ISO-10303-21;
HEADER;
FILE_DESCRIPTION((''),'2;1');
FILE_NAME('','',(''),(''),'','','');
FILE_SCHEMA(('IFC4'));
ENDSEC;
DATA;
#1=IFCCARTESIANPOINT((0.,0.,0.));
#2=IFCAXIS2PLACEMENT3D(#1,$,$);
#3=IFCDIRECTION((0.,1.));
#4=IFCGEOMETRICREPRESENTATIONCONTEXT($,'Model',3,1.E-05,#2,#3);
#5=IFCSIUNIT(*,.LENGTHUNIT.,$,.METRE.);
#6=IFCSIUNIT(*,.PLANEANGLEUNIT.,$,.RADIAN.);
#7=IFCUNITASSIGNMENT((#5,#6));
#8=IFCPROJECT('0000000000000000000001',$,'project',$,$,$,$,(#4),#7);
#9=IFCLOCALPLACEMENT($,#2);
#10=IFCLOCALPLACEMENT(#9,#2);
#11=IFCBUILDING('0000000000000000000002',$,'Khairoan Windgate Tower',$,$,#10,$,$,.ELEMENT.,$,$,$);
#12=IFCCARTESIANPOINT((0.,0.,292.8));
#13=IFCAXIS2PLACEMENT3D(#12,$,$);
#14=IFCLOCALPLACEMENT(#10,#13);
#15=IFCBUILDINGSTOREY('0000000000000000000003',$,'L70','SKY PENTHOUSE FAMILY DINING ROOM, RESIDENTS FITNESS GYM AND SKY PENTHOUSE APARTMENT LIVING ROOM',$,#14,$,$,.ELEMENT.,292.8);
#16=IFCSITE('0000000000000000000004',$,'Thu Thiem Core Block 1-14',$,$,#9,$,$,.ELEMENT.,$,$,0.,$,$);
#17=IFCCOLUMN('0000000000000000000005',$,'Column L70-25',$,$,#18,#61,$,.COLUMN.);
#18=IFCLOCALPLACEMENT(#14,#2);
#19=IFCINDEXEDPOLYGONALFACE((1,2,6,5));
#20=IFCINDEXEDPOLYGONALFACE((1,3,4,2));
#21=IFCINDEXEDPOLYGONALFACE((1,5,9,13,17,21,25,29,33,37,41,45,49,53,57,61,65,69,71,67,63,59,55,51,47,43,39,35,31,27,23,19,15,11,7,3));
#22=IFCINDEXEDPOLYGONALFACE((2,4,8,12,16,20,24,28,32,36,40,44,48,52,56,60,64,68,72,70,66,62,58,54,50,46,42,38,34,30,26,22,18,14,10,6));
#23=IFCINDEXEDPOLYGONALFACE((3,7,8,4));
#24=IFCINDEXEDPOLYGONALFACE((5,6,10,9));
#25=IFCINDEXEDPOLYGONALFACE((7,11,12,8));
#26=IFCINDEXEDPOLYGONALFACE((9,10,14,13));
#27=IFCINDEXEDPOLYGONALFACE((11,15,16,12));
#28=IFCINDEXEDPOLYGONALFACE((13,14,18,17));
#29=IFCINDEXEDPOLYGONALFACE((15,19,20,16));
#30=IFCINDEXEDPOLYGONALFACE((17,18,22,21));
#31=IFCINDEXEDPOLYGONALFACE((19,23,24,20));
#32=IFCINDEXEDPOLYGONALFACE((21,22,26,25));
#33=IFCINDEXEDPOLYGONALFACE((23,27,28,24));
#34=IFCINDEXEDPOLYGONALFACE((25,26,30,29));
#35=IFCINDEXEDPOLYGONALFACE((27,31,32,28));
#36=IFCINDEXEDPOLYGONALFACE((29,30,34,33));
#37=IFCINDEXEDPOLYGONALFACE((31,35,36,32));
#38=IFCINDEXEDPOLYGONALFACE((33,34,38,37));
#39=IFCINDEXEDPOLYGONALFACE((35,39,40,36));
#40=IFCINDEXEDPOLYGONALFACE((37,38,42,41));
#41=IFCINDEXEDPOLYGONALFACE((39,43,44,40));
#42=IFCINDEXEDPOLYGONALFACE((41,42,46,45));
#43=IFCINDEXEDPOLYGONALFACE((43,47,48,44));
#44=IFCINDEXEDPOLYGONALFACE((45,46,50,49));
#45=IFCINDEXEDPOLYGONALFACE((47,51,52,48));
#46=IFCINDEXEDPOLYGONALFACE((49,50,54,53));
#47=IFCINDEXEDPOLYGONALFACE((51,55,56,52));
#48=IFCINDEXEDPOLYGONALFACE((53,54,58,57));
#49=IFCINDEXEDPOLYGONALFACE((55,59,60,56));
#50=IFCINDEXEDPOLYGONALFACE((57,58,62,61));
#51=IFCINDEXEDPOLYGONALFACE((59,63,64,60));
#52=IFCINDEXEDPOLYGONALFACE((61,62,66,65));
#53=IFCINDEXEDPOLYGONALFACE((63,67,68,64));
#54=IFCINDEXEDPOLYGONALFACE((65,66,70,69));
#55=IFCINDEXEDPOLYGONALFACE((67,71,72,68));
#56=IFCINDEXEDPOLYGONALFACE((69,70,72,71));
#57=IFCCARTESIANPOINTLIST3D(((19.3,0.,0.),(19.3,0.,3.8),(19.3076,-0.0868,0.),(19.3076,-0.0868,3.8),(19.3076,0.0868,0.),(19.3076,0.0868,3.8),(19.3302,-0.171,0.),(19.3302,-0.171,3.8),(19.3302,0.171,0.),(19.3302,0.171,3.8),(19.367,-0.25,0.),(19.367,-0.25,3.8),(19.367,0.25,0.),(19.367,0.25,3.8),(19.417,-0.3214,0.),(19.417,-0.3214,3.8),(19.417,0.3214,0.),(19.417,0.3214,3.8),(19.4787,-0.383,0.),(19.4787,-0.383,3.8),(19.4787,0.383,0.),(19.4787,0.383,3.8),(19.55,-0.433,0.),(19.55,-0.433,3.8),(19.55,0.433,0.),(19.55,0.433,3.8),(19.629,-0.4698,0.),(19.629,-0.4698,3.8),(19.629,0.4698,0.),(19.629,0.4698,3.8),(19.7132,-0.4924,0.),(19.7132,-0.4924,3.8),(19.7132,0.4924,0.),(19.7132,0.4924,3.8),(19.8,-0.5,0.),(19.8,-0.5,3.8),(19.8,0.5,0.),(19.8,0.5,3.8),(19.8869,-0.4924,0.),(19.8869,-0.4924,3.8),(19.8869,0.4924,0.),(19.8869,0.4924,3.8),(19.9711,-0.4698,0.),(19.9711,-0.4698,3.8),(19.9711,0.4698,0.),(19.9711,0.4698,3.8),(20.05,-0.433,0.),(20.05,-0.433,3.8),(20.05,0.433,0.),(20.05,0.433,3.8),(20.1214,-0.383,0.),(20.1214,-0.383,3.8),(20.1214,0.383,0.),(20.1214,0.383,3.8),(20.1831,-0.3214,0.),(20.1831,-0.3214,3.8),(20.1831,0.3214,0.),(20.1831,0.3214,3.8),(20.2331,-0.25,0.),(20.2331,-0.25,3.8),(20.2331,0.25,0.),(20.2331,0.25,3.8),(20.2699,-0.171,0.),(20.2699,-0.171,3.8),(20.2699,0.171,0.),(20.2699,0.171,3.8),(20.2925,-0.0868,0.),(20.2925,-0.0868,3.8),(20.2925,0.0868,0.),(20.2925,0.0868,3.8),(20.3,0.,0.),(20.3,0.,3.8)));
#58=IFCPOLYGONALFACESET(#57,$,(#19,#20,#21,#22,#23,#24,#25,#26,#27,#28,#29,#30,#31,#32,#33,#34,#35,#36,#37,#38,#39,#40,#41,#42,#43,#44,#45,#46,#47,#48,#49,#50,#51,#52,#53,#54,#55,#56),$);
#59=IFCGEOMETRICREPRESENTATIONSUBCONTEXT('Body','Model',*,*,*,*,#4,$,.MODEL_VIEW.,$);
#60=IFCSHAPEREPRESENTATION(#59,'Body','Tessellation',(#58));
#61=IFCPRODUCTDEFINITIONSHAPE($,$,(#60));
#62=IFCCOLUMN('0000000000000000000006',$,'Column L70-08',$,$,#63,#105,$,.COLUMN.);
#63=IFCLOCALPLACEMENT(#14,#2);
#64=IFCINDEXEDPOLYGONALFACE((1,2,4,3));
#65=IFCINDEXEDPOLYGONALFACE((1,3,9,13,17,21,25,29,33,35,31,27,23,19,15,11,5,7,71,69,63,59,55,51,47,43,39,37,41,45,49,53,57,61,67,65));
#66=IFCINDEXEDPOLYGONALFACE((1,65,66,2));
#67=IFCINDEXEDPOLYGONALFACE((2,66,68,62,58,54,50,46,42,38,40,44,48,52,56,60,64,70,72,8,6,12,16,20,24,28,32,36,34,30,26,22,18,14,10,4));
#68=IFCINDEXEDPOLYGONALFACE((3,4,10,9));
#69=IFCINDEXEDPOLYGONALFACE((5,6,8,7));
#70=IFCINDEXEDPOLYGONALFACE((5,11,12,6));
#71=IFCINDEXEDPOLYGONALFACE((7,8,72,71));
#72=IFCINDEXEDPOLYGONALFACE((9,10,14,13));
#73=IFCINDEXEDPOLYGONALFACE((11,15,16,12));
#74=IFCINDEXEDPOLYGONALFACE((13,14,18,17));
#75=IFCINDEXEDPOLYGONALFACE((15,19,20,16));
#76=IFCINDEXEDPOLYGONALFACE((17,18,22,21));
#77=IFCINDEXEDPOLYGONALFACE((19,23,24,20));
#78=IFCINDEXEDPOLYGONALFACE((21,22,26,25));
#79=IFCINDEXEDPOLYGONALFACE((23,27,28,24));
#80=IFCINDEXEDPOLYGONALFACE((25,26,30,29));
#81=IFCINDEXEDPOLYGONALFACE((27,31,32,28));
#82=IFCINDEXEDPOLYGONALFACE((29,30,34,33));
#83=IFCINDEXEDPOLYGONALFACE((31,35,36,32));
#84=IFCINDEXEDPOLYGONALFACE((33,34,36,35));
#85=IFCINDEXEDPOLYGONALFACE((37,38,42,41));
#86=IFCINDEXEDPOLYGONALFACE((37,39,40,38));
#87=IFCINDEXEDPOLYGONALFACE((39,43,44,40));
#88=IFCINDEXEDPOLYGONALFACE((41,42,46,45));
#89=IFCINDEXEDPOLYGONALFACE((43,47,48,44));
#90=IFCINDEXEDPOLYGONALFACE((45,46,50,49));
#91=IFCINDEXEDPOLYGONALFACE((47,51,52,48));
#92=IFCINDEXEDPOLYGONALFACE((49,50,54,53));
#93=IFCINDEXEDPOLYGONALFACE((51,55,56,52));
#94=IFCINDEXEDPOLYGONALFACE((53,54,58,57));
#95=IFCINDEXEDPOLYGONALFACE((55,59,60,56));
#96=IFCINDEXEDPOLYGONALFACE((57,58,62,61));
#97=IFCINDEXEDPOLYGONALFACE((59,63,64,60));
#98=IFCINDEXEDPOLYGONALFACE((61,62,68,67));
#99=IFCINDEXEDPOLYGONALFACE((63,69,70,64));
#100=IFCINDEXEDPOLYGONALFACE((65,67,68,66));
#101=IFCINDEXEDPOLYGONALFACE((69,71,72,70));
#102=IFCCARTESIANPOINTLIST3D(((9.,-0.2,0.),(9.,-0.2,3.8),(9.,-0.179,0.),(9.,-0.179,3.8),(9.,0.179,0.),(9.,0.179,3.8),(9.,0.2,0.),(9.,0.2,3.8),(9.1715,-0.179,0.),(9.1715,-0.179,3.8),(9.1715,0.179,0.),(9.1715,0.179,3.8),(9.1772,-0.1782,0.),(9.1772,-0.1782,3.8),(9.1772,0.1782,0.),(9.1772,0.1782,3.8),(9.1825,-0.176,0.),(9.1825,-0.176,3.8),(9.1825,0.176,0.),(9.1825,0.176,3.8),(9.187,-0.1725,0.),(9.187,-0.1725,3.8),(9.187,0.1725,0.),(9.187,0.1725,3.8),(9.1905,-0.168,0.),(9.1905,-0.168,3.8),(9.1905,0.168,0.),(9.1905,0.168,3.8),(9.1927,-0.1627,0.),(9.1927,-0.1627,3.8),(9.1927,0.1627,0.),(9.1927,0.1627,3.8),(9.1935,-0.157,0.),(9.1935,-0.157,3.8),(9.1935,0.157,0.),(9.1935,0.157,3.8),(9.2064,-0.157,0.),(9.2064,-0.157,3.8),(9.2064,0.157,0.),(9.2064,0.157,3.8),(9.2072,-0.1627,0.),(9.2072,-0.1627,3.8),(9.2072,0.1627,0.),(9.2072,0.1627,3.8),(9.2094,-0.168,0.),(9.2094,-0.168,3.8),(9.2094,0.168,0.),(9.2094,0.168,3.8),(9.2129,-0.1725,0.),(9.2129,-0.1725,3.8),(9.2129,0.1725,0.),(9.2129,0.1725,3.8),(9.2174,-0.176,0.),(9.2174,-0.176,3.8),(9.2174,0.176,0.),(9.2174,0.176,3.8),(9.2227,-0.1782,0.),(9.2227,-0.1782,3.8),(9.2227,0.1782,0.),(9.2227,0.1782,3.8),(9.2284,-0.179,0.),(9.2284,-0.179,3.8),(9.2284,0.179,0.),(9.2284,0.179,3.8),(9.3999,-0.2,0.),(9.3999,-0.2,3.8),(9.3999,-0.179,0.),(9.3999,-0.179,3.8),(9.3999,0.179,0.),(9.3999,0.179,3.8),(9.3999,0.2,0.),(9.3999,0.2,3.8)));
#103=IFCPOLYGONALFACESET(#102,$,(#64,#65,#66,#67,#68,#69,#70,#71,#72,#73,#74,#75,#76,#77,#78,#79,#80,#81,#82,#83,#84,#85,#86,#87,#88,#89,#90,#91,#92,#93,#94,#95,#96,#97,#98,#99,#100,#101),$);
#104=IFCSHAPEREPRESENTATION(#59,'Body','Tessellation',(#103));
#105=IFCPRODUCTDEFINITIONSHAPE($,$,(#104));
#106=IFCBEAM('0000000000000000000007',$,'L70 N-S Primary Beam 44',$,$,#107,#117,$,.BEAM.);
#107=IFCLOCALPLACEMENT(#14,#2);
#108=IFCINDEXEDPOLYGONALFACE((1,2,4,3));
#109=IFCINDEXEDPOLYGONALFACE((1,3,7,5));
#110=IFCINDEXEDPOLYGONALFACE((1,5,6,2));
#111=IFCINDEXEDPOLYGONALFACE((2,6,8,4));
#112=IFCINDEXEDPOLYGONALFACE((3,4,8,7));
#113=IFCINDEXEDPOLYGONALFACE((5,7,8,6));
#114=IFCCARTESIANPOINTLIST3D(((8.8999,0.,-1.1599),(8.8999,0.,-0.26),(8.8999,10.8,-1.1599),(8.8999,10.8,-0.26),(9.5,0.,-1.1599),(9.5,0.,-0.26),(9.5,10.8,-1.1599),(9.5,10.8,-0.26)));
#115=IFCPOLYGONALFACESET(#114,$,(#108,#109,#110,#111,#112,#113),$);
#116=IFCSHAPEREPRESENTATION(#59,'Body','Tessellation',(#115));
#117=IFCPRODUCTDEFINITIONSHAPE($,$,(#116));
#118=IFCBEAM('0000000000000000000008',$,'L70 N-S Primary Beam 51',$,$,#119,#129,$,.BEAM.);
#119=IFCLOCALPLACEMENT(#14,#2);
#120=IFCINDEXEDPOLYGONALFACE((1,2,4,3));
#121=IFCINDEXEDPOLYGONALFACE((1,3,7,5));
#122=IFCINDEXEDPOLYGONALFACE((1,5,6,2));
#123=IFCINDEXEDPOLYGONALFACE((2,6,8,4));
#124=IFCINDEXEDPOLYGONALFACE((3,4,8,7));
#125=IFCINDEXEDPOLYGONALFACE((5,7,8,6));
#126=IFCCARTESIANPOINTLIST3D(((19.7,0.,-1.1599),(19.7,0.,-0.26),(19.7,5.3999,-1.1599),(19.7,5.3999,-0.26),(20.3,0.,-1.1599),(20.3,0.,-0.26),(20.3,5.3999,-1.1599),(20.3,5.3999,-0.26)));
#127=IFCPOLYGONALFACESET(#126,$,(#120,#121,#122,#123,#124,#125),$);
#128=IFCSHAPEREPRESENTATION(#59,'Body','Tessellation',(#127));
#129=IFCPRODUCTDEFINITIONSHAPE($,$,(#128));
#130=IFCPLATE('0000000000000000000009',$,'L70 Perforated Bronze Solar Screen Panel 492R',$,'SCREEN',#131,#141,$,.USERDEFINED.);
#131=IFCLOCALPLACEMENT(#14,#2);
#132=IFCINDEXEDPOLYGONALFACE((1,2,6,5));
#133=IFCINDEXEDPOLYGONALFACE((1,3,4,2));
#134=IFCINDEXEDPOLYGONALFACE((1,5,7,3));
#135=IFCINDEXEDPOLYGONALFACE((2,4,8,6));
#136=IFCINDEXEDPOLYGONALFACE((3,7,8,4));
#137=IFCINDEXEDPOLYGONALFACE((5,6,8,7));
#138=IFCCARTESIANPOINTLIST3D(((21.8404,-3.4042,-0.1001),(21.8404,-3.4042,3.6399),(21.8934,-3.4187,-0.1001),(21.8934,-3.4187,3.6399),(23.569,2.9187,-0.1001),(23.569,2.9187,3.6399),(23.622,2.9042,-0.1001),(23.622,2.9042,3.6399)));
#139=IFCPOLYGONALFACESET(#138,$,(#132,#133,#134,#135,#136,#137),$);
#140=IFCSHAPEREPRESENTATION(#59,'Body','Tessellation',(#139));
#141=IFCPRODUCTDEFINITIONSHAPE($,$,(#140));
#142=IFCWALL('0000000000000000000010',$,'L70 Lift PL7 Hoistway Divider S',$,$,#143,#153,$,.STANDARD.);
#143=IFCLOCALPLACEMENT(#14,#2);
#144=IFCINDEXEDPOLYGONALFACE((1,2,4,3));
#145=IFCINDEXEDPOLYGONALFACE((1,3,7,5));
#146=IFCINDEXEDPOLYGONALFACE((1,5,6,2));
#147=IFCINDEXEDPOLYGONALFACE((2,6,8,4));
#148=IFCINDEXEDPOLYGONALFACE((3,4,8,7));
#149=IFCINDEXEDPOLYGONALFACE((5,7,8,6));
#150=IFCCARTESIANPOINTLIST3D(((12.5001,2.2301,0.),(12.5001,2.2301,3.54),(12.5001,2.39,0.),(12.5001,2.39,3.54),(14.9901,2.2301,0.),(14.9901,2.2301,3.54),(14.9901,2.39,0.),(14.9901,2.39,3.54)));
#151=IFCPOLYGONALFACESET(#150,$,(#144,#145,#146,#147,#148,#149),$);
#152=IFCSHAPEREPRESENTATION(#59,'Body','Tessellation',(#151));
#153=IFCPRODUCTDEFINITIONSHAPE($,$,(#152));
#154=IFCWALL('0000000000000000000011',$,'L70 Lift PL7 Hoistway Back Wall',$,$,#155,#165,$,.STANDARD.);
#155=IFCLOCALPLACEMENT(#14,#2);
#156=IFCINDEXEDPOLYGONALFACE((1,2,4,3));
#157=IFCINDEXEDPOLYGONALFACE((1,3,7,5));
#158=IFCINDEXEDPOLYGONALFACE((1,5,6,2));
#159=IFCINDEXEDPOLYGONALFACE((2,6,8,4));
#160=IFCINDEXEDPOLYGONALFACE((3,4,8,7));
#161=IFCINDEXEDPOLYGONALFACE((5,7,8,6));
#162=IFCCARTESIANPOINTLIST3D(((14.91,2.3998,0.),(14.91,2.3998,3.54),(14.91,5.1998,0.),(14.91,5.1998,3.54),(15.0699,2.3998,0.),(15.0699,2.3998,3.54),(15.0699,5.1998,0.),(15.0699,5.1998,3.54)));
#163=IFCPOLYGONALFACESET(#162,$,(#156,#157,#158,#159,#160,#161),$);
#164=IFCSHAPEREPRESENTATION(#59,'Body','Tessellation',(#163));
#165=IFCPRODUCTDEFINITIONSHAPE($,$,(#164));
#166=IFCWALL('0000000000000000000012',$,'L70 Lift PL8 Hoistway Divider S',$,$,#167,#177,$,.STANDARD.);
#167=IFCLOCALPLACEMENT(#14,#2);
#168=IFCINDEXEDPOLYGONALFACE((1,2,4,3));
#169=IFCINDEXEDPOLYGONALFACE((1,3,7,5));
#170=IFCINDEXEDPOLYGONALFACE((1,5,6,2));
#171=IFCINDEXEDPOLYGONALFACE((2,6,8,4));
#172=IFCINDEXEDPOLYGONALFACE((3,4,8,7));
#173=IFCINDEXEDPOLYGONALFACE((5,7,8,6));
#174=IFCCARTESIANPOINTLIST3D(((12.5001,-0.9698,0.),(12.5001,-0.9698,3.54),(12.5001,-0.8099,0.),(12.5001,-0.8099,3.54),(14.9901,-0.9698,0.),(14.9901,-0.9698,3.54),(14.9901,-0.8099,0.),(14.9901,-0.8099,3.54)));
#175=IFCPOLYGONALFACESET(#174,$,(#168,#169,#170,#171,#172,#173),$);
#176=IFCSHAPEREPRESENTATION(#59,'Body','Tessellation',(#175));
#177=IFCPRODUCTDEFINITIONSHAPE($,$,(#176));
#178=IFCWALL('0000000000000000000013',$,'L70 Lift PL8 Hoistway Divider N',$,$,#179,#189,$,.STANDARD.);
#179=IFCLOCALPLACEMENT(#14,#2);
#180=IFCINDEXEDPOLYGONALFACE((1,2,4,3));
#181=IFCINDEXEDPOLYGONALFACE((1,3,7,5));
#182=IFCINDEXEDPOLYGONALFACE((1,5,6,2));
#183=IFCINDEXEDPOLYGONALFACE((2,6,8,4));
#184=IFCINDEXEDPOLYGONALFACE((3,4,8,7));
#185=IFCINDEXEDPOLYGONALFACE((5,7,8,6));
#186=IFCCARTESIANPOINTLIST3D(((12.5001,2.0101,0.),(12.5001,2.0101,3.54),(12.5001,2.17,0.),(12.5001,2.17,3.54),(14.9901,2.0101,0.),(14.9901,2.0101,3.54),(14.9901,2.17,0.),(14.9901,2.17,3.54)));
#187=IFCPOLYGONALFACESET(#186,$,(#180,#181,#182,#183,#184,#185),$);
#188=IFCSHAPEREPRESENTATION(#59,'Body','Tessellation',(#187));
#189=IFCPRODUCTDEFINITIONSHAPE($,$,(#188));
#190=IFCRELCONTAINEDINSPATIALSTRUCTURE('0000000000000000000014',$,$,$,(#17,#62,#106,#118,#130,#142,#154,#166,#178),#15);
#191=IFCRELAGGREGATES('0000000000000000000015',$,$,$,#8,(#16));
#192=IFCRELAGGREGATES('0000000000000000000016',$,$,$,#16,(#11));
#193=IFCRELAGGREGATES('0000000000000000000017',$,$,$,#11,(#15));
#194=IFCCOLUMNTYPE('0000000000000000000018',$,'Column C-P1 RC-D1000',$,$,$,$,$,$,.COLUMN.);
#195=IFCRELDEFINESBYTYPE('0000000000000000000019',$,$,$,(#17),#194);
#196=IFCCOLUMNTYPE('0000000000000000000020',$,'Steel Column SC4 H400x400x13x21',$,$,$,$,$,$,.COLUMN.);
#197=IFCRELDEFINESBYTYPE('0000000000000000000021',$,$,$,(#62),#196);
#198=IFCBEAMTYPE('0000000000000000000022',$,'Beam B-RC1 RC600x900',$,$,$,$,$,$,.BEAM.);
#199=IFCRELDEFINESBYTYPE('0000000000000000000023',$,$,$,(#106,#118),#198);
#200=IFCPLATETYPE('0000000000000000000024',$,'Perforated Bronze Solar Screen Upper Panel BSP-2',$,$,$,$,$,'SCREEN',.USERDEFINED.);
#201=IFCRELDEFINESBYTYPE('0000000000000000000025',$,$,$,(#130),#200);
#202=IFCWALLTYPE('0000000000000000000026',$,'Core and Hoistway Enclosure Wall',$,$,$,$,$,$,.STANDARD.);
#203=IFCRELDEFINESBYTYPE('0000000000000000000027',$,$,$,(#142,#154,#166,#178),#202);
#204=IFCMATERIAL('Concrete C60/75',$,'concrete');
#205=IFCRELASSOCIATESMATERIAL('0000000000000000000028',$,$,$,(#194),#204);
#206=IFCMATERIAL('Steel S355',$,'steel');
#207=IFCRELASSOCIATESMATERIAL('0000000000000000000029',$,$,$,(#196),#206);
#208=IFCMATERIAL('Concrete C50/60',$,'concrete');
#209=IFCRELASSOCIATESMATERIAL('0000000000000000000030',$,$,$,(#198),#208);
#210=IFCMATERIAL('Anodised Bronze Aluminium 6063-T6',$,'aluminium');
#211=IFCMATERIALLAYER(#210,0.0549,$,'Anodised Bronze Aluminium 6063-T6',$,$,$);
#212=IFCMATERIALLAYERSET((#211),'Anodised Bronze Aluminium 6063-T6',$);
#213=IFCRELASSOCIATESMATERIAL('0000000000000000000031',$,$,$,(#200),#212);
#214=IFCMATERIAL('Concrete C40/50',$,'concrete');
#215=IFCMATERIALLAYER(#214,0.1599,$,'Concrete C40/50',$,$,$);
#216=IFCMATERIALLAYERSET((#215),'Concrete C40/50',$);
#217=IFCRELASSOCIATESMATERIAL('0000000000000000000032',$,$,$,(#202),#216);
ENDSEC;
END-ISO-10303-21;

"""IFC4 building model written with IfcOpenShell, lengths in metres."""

from ifc_helpers import new_model, si_unit, direction, frame, frame_2d, origin, origin_2d, place, context, subcontext, project, spatial, rectangle, circle, i_section, extrude, material, layer, layer_set, material_profile, profile_set, type_object, element, save


model = new_model("IFC4")

# Units and contexts
model_context = context("Model", 3, precision=1e-05, world=origin(), true_north=direction((0.0, 1.0)))
body_context = subcontext(model_context, "Body", "Model", "MODEL_VIEW")
ifc_project = project(units=[si_unit("LENGTHUNIT", "METRE"), si_unit("PLANEANGLEUNIT", "RADIAN")], contexts=[model_context])

# Site, building, storey
site_placement = place(None, origin())
site = spatial("IfcSite", under=ifc_project, at=site_placement, Name="Thu Thiem Core Block 1-14", CompositionType="ELEMENT", RefElevation=0.0)
building_placement = place(site_placement, origin())
building = spatial("IfcBuilding", under=site, at=building_placement, Name="Khairoan Windgate Tower", CompositionType="ELEMENT")
storey_placement = place(building_placement, frame((0.0, 0.0, 292.8)))
storey = spatial("IfcBuildingStorey", under=building, at=storey_placement, Name="L70", Description="SKY PENTHOUSE FAMILY DINING ROOM, RESIDENTS FITNESS GYM AND SKY PENTHOUSE APARTMENT LIVING ROOM", CompositionType="ELEMENT", Elevation=292.8)

# Columns
ifc_material_1 = material(Name="Concrete C60/75", Category="concrete")
ifc_material_profile_1 = material_profile(ifc_material_1, circle(Radius=0.5, at=origin_2d()))
ifc_profile_set_1 = profile_set([ifc_material_profile_1], Name="Concrete C60/75")
column_type_1 = type_object("IfcColumnType", Name="Column C-P1 RC-D1000", PredefinedType="COLUMN", material=ifc_profile_set_1)
column_1_placement = place(storey_placement, frame((19.8, 0.0, 0.0), z_axis=(0.0, 0.0, 1.0), x_axis=(1.0, 0.0, 0.0)))
element("IfcColumn", 1, at=column_1_placement, inside=storey, type_object=column_type_1, Name="Column L70-25", PredefinedType="COLUMN", context=body_context, shape_type="SweptSolid", body=[
    extrude(circle(Radius=0.5, at=origin_2d()), origin(), (0.0, 0.0, 1.0), 3.8),
])
ifc_material_2 = material(Name="Steel S355", Category="steel")
ifc_material_profile_2 = material_profile(ifc_material_2, i_section(OverallWidth=0.3999, OverallDepth=0.3999, WebThickness=0.0129, FlangeThickness=0.021, FilletRadius=0.022, at=origin_2d()))
ifc_profile_set_2 = profile_set([ifc_material_profile_2], Name="Steel S355")
column_type_2 = type_object("IfcColumnType", Name="Steel Column SC4 H400x400x13x21", PredefinedType="COLUMN", material=ifc_profile_set_2)
column_2_placement = place(storey_placement, frame((9.2, 0.0, 0.0), z_axis=(0.0, 0.0, 1.0), x_axis=(1.0, 0.0, 0.0)))
element("IfcColumn", 2, at=column_2_placement, inside=storey, type_object=column_type_2, Name="Column L70-08", PredefinedType="COLUMN", context=body_context, shape_type="SweptSolid", body=[
    extrude(i_section(OverallWidth=0.3999, OverallDepth=0.3999, WebThickness=0.0129, FlangeThickness=0.021, FilletRadius=0.022, at=origin_2d()), origin(), (0.0, 0.0, 1.0), 3.8),
])

# Beams
ifc_material_3 = material(Name="Concrete C50/60", Category="concrete")
ifc_material_profile_3 = material_profile(ifc_material_3, rectangle(XDim=0.6001, YDim=0.8999, at=origin_2d()))
ifc_profile_set_3 = profile_set([ifc_material_profile_3], Name="Concrete C50/60")
beam_type = type_object("IfcBeamType", Name="Beam B-RC1 RC600x900", PredefinedType="BEAM", material=ifc_profile_set_3)
beam_1_placement = place(storey_placement, frame((9.2, 0.0, -0.71), z_axis=(0.0, 1.0, 0.0), x_axis=(-1.0, 0.0, 0.0)))
element("IfcBeam", 3, at=beam_1_placement, inside=storey, type_object=beam_type, Name="L70 N-S Primary Beam 44", PredefinedType="BEAM", context=body_context, shape_type="SweptSolid", body=[
    extrude(rectangle(XDim=0.6001, YDim=0.8999, at=origin_2d()), origin(), (0.0, 0.0, 1.0), 10.8),
])
beam_2_placement = place(storey_placement, frame((20.0, 0.0, -0.71), z_axis=(0.0, 1.0, 0.0), x_axis=(-1.0, 0.0, 0.0)))
element("IfcBeam", 4, at=beam_2_placement, inside=storey, type_object=beam_type, Name="L70 N-S Primary Beam 51", PredefinedType="BEAM", context=body_context, shape_type="SweptSolid", body=[
    extrude(rectangle(XDim=0.6001, YDim=0.8999, at=origin_2d()), origin(), (0.0, 0.0, 1.0), 5.3999),
])

# Plate
ifc_material_4 = material(Name="Anodised Bronze Aluminium 6063-T6", Category="aluminium")
ifc_layer_1 = layer(ifc_material_4, 0.0549, Name="Anodised Bronze Aluminium 6063-T6")
ifc_layer_set_1 = layer_set([ifc_layer_1], Name="Anodised Bronze Aluminium 6063-T6")
plate_type = type_object("IfcPlateType", Name="Perforated Bronze Solar Screen Upper Panel BSP-2", ElementType="SCREEN", PredefinedType="USERDEFINED", material=ifc_layer_set_1)
plate_placement = place(storey_placement, frame((22.7312, -0.25, -0.1001), z_axis=(0.0, 0.0, 1.0), x_axis=(-0.263705, -0.964603, 0.0)))
element("IfcPlate", 5, at=plate_placement, inside=storey, type_object=plate_type, Name="L70 Perforated Bronze Solar Screen Panel 492R", ObjectType="SCREEN", PredefinedType="USERDEFINED", context=body_context, shape_type="SweptSolid", body=[
    extrude(rectangle(XDim=6.5549, YDim=0.0549, at=origin_2d()), origin(), (0.0, 0.0, 1.0), 3.74),
])

# Walls
ifc_material_5 = material(Name="Concrete C40/50", Category="concrete")
ifc_layer_2 = layer(ifc_material_5, 0.1599, Name="Concrete C40/50")
ifc_layer_set_2 = layer_set([ifc_layer_2], Name="Concrete C40/50")
wall_type_1 = type_object("IfcWallType", Name="Core and Hoistway Enclosure Wall", PredefinedType="STANDARD", material=ifc_layer_set_2)
wall_1_placement = place(storey_placement, frame((12.5, 2.3101, 0.0), z_axis=(0.0, 0.0, 1.0), x_axis=(1.0, 0.0, 0.0)))
element("IfcWall", 6, at=wall_1_placement, inside=storey, type_object=wall_type_1, Name="L70 Lift PL7 Hoistway Divider S", PredefinedType="STANDARD", context=body_context, shape_type="SweptSolid", body=[
    extrude(rectangle(XDim=2.49, YDim=0.1599, at=frame_2d((1.2451, 0.0))), origin(), (0.0, 0.0, 1.0), 3.54),
])
wall_2_placement = place(storey_placement, frame((14.99, 2.3999, 0.0), z_axis=(0.0, 0.0, 1.0), x_axis=(0.0, 1.0, 0.0)))
element("IfcWall", 7, at=wall_2_placement, inside=storey, type_object=wall_type_1, Name="L70 Lift PL7 Hoistway Back Wall", PredefinedType="STANDARD", context=body_context, shape_type="SweptSolid", body=[
    extrude(rectangle(XDim=2.8, YDim=0.1599, at=frame_2d((1.3999, 0.0))), origin(), (0.0, 0.0, 1.0), 3.54),
])
for number, where, z_axis, x_axis, name in (
    (8, (12.5, -0.8899, 0.0), (0.0, 0.0, 1.0), (1.0, 0.0, 0.0), "L70 Lift PL8 Hoistway Divider S"),
    (9, (12.5, 2.0901, 0.0), (0.0, 0.0, 1.0), (1.0, 0.0, 0.0), "L70 Lift PL8 Hoistway Divider N"),
):
    element("IfcWall", number, at=place(storey_placement, frame(where, z_axis=z_axis, x_axis=x_axis)), inside=storey, type_object=wall_type_1, Name=name, PredefinedType="STANDARD", context=body_context, shape_type="SweptSolid", body=[
        extrude(rectangle(XDim=2.49, YDim=0.1599, at=frame_2d((1.2451, 0.0))), origin(), (0.0, 0.0, 1.0), 3.54),
    ])

save(model, "model.ifc")
